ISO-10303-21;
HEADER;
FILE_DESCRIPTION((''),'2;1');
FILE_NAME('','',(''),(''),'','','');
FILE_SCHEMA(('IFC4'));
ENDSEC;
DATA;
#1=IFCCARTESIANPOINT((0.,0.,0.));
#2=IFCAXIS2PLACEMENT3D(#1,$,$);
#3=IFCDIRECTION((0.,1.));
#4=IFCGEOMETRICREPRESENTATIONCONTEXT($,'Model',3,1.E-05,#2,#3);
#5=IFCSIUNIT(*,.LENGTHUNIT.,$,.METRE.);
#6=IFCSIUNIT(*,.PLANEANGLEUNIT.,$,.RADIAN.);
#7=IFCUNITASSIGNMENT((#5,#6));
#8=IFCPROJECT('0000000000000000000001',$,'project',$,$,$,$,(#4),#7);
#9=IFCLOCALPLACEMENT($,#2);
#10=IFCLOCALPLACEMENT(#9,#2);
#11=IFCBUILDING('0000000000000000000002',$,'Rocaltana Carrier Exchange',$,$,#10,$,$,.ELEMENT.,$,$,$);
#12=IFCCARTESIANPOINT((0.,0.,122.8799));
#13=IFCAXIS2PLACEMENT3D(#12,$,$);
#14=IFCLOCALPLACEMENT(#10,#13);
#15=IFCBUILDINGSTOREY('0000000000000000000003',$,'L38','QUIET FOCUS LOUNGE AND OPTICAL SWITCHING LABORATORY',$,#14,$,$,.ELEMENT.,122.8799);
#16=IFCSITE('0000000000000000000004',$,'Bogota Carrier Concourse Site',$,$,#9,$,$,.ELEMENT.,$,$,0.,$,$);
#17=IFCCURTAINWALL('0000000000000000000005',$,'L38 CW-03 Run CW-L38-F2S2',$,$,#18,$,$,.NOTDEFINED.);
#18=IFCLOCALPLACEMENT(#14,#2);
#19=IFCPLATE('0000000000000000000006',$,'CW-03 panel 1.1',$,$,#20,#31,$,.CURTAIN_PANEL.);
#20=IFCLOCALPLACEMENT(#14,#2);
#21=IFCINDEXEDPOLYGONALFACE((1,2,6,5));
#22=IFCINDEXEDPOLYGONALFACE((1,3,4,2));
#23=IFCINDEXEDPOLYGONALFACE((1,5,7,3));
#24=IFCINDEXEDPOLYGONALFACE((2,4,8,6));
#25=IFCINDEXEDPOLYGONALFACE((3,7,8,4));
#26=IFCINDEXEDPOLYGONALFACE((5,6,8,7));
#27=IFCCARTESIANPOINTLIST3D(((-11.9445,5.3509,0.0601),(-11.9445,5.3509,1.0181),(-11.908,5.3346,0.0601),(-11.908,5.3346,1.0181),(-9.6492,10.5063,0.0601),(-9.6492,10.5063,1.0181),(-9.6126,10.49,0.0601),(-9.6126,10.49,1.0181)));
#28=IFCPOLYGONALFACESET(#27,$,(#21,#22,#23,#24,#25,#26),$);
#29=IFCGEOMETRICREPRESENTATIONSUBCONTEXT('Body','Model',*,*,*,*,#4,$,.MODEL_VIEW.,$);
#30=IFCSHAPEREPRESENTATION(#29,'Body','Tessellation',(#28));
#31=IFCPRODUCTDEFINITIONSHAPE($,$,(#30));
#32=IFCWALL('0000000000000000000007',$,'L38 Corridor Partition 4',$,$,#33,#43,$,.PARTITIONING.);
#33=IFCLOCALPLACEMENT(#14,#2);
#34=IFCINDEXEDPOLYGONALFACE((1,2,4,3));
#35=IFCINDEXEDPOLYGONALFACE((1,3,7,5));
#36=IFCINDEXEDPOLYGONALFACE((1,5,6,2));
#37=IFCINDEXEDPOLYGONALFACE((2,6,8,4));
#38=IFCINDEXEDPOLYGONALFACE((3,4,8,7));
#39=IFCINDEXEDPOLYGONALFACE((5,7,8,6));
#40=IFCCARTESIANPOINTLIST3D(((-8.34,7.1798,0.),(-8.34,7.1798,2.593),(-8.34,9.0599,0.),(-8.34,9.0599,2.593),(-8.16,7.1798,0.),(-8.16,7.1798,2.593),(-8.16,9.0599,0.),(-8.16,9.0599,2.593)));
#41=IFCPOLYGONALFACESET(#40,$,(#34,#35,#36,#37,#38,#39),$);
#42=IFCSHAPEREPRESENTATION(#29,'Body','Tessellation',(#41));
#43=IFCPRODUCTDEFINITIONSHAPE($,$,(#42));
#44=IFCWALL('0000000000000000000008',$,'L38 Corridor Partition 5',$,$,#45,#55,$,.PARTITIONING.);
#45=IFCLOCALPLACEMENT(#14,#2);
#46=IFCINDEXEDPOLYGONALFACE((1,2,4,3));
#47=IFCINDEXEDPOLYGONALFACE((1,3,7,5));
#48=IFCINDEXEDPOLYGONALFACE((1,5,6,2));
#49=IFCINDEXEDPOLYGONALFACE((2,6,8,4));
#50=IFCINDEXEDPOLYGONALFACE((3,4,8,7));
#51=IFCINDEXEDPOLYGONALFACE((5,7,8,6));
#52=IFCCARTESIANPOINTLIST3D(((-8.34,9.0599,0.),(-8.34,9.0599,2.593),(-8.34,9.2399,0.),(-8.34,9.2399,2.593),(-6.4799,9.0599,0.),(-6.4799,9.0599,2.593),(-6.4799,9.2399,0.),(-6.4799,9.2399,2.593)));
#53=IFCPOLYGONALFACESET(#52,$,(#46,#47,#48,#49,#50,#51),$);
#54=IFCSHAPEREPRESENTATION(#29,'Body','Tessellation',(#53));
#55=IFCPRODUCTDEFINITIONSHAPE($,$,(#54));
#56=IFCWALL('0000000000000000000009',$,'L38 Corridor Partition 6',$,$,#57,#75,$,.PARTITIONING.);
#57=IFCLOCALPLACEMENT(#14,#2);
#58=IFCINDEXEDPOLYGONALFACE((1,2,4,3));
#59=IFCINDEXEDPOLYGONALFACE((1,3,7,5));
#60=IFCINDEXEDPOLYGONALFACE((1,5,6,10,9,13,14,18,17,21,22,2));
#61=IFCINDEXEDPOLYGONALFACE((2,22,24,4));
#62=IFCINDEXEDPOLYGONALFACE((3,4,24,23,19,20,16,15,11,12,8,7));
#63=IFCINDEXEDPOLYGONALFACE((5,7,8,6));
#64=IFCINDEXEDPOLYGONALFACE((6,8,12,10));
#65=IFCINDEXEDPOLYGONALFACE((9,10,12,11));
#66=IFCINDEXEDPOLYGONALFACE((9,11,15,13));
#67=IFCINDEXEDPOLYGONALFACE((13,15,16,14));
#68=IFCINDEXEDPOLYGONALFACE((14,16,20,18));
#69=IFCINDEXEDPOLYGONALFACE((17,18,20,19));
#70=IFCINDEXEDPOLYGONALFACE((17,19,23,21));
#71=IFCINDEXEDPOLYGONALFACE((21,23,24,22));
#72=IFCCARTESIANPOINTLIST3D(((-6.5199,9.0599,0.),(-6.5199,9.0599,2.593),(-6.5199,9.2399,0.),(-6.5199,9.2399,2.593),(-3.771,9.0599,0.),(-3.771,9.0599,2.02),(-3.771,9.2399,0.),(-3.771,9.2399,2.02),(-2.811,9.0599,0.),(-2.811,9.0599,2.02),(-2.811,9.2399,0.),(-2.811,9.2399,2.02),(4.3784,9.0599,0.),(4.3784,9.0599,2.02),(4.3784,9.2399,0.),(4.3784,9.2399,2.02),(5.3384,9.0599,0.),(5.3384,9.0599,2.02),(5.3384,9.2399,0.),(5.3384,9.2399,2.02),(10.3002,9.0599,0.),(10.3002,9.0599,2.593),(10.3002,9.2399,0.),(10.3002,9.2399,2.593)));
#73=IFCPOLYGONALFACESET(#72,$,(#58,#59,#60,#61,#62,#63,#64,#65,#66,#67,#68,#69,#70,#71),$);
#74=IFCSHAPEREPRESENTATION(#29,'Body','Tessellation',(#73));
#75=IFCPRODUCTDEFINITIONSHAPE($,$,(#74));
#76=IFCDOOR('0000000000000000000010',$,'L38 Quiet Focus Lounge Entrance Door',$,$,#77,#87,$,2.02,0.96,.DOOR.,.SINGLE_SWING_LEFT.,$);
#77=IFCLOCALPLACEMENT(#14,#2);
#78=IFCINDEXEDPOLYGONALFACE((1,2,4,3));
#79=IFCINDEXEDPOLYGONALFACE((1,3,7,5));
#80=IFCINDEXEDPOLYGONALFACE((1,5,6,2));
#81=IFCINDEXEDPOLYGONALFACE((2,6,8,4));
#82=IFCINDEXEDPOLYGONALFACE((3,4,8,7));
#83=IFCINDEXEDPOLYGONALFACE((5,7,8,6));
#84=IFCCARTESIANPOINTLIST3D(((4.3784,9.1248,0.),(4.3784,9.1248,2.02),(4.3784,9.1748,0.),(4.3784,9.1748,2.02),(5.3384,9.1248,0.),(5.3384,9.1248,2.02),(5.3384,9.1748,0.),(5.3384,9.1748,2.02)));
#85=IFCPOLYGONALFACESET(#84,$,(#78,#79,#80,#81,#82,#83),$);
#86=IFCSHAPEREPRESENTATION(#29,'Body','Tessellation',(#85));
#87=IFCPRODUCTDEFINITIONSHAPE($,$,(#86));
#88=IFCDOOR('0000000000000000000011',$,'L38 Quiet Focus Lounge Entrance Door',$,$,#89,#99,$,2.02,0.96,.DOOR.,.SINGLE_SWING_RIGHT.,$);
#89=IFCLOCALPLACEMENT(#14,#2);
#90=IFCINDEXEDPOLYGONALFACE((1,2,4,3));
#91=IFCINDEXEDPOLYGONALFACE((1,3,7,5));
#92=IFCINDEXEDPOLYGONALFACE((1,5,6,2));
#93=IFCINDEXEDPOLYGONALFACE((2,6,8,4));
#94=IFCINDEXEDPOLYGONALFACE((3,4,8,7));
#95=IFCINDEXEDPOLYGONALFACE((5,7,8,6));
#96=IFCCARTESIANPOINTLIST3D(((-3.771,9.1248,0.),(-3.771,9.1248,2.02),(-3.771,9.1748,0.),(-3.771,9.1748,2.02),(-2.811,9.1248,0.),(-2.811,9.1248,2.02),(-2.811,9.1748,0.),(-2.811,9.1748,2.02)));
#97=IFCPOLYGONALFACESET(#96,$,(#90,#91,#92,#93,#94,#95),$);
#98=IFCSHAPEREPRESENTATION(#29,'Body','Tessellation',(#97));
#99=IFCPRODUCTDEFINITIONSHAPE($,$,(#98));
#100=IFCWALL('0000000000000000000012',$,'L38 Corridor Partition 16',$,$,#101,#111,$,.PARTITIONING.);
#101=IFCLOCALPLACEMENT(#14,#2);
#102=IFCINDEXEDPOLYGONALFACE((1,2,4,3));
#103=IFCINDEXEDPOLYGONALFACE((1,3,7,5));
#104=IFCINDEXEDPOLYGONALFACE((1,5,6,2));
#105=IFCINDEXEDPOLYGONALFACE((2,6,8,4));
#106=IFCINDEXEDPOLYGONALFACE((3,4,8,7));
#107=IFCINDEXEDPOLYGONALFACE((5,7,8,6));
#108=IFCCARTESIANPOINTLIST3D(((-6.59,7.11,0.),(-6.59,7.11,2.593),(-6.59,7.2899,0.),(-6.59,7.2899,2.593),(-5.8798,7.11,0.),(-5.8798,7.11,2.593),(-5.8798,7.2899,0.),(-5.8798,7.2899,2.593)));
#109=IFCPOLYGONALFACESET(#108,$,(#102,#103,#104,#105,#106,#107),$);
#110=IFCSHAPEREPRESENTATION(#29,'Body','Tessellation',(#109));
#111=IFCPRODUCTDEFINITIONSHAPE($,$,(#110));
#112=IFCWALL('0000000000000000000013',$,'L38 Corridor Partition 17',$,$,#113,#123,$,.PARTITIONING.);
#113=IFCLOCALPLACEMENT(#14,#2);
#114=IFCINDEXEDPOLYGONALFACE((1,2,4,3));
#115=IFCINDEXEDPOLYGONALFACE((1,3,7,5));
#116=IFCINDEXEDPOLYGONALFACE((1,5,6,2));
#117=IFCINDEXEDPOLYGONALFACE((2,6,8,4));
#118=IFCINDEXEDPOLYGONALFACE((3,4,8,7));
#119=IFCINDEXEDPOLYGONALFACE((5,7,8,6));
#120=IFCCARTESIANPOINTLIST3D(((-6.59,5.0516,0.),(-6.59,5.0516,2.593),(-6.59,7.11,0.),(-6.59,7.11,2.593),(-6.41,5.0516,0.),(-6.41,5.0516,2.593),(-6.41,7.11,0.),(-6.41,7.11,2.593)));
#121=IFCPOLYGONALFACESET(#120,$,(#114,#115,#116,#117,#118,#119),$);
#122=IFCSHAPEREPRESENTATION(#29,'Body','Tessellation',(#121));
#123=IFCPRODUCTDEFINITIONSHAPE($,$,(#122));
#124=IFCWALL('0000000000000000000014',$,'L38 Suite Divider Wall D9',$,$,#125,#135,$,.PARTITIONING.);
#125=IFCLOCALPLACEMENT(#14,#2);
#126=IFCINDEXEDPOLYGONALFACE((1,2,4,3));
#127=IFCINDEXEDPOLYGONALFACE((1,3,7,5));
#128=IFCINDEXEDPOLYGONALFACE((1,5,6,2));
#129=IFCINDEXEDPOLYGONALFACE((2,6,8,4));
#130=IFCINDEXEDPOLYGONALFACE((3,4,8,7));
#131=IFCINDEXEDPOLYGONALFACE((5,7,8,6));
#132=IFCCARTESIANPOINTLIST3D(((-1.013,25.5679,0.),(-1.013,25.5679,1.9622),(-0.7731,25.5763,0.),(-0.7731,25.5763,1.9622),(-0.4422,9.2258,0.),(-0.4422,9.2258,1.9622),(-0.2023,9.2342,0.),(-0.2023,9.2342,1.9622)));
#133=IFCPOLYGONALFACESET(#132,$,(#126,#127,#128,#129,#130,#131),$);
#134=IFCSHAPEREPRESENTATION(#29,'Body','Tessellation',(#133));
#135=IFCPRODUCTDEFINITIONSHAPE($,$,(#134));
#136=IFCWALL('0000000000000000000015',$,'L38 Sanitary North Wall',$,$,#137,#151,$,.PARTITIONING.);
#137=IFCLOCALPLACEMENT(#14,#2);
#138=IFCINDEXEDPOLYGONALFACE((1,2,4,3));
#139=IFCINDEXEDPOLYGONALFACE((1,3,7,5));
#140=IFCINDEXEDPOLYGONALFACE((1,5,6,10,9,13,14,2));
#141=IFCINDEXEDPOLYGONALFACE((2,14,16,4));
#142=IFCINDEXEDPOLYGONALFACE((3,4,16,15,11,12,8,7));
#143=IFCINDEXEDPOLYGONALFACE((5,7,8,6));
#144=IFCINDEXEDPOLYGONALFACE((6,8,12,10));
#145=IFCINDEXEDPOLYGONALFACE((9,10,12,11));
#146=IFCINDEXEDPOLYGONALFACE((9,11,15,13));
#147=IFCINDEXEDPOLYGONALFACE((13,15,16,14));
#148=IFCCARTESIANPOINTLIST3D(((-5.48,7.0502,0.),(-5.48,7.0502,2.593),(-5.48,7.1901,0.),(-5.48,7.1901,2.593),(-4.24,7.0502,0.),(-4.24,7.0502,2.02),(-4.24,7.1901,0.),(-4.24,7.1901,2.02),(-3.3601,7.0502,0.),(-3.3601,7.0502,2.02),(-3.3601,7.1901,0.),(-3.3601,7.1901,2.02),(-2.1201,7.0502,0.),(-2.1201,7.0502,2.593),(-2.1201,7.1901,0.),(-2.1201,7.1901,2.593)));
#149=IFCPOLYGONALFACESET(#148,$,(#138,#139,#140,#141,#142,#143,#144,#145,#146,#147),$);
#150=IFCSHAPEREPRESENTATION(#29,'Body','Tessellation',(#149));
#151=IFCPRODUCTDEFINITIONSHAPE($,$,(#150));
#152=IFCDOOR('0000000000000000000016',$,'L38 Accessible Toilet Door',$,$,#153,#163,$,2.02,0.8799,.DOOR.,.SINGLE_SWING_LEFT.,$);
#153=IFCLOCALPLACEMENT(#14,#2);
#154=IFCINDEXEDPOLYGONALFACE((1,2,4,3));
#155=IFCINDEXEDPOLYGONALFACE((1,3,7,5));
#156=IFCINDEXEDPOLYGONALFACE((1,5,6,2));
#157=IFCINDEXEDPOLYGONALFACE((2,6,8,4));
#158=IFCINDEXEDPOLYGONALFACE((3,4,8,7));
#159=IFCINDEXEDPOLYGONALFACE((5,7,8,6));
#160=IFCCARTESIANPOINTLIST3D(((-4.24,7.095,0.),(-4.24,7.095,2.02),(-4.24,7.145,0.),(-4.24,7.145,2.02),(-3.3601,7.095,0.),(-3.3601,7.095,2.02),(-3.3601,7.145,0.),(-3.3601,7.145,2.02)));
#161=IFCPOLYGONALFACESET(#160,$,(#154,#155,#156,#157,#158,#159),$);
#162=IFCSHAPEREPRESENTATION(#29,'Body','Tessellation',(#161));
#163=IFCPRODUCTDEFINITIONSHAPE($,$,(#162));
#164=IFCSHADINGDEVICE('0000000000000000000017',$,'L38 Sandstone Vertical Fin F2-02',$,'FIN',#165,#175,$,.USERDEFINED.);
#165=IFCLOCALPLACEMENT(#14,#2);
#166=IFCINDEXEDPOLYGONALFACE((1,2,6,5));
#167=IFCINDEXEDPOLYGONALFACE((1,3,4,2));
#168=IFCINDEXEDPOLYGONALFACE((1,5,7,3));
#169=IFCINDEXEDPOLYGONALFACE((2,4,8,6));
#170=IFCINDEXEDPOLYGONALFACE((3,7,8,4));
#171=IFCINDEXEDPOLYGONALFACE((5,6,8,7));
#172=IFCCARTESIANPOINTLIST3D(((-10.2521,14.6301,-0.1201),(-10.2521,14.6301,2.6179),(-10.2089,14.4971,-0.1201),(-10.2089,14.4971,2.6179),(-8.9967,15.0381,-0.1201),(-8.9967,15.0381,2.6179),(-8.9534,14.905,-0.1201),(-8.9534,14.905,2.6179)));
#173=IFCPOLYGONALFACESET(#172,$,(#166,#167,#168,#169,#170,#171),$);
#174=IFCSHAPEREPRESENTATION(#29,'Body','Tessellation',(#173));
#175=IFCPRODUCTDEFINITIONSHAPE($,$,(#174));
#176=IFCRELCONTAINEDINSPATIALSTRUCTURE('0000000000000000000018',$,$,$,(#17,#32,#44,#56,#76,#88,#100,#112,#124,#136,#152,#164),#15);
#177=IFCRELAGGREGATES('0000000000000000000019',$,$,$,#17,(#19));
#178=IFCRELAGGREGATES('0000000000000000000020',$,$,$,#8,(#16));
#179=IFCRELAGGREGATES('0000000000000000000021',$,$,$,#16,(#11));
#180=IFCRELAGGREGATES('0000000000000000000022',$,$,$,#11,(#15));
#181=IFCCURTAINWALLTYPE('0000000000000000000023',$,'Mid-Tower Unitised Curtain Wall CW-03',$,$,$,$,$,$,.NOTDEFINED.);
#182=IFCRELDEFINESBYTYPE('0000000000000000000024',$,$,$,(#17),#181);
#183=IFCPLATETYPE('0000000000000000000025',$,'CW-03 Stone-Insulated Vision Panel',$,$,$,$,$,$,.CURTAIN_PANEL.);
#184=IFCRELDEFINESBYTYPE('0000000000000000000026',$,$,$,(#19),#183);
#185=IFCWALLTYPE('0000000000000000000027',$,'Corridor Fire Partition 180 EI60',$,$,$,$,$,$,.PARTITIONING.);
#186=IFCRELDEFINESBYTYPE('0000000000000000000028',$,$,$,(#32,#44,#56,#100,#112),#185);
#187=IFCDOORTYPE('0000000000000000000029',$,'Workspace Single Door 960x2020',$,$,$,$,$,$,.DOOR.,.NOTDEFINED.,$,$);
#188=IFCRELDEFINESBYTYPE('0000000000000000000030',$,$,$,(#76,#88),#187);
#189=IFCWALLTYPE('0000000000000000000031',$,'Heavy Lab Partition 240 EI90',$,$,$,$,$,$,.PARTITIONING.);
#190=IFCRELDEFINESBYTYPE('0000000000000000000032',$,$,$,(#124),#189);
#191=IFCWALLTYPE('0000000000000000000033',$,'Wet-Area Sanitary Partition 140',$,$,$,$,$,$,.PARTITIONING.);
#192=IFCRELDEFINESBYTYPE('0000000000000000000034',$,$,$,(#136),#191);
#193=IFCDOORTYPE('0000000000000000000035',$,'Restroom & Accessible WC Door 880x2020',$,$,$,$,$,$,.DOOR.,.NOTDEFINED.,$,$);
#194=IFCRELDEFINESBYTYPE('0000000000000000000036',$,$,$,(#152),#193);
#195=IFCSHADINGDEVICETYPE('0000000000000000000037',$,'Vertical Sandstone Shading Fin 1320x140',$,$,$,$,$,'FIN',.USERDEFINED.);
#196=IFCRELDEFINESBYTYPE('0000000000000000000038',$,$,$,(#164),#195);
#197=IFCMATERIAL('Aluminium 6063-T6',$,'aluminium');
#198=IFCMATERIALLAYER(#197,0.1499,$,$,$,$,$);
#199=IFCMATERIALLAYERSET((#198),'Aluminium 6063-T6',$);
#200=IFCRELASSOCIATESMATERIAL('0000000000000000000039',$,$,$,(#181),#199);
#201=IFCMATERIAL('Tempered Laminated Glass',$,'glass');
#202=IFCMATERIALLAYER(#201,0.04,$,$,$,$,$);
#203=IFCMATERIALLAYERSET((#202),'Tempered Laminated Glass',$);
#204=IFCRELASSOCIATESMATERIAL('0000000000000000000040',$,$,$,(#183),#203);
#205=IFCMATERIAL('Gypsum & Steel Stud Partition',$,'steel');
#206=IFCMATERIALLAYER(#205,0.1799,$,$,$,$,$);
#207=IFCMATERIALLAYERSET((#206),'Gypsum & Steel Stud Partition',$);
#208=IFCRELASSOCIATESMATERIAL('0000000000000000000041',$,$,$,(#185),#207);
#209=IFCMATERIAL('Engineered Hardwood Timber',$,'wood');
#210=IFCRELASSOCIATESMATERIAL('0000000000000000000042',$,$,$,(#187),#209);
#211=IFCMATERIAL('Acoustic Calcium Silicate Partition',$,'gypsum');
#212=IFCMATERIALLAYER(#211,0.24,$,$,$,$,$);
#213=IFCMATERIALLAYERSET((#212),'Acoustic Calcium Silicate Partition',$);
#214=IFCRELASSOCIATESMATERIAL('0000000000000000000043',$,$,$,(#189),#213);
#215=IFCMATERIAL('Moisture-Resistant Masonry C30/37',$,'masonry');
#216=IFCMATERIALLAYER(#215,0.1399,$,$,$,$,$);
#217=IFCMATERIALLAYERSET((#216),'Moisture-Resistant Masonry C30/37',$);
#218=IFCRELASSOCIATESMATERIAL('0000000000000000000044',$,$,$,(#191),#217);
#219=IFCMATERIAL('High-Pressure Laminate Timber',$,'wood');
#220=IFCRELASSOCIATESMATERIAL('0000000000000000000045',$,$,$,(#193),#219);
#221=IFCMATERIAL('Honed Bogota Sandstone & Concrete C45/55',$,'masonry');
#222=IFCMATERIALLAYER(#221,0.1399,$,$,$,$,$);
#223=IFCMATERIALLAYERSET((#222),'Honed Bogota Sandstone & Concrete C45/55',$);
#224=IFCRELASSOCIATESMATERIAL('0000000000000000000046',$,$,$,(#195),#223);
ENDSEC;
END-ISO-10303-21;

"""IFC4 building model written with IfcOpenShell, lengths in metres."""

from ifc_helpers import new_model, si_unit, direction, frame, frame_2d, origin, origin_2d, place, context, subcontext, project, spatial, rectangle, extrude, material, layer, layer_set, type_object, element, fill, aggregate, save


model = new_model("IFC4")

# Units and contexts
model_context = context("Model", 3, precision=1e-05, world=origin(), true_north=direction((0.0, 1.0)))
body_context = subcontext(model_context, "Body", "Model", "MODEL_VIEW")
ifc_project = project(units=[si_unit("LENGTHUNIT", "METRE"), si_unit("PLANEANGLEUNIT", "RADIAN")], contexts=[model_context])

# Site, building, storey
site_placement = place(None, origin())
site = spatial("IfcSite", under=ifc_project, at=site_placement, Name="Bogota Carrier Concourse Site", CompositionType="ELEMENT", RefElevation=0.0)
building_placement = place(site_placement, origin())
building = spatial("IfcBuilding", under=site, at=building_placement, Name="Rocaltana Carrier Exchange", CompositionType="ELEMENT")
storey_placement = place(building_placement, frame((0.0, 0.0, 122.8799)))
storey = spatial("IfcBuildingStorey", under=building, at=storey_placement, Name="L38", Description="QUIET FOCUS LOUNGE AND OPTICAL SWITCHING LABORATORY", CompositionType="ELEMENT", Elevation=122.8799)

# Shared definitions
ifc_material_1 = material(Name="Aluminium 6063-T6", Category="aluminium")
ifc_layer_1 = layer(ifc_material_1, 0.1499)
ifc_layer_set_1 = layer_set([ifc_layer_1], Name="Aluminium 6063-T6")
curtain_wall_type = type_object("IfcCurtainWallType", Name="Mid-Tower Unitised Curtain Wall CW-03", PredefinedType="NOTDEFINED", material=ifc_layer_set_1)

# Curtain wall
curtain_wall_1_placement = place(storey_placement, origin())
curtain_wall_1 = element("IfcCurtainWall", 1, at=curtain_wall_1_placement, inside=storey, type_object=curtain_wall_type, Name="L38 CW-03 Run CW-L38-F2S2", PredefinedType="NOTDEFINED")

# Plate
ifc_material_2 = material(Name="Tempered Laminated Glass", Category="glass")
ifc_layer_2 = layer(ifc_material_2, 0.04)
ifc_layer_set_2 = layer_set([ifc_layer_2], Name="Tempered Laminated Glass")
plate_type = type_object("IfcPlateType", Name="CW-03 Stone-Insulated Vision Panel", PredefinedType="CURTAIN_PANEL", material=ifc_layer_set_2)
plate_placement = place(storey_placement, frame((-10.7786, 7.9204, 0.0601), z_axis=(0.0, 0.0, 1.0), x_axis=(-0.406744, -0.913542, 0.0)))
plate = element("IfcPlate", 2, at=plate_placement, type_object=plate_type, Name="CW-03 panel 1.1", PredefinedType="CURTAIN_PANEL", context=body_context, shape_type="SweptSolid", body=[
    extrude(rectangle(XDim=5.6433, YDim=0.04, at=origin_2d()), origin(), (0.0, 0.0, 1.0), 0.958),
])
aggregate(curtain_wall_1, [plate])

# Walls
ifc_material_3 = material(Name="Gypsum & Steel Stud Partition", Category="steel")
ifc_layer_3 = layer(ifc_material_3, 0.1799)
ifc_layer_set_3 = layer_set([ifc_layer_3], Name="Gypsum & Steel Stud Partition")
wall_type_1 = type_object("IfcWallType", Name="Corridor Fire Partition 180 EI60", PredefinedType="PARTITIONING", material=ifc_layer_set_3)
wall_1_placement = place(storey_placement, frame((-8.25, 7.1799, 0.0), z_axis=(0.0, 0.0, 1.0), x_axis=(0.0, 1.0, 0.0)))
element("IfcWall", 3, at=wall_1_placement, inside=storey, type_object=wall_type_1, Name="L38 Corridor Partition 4", PredefinedType="PARTITIONING", context=body_context, shape_type="SweptSolid", body=[
    extrude(rectangle(XDim=1.8801, YDim=0.1799, at=frame_2d((0.9399, 0.0))), origin(), (0.0, 0.0, 1.0), 2.593),
])
wall_2_placement = place(storey_placement, frame((-8.3401, 9.1499, 0.0), z_axis=(0.0, 0.0, 1.0), x_axis=(1.0, 0.0, 0.0)))
element("IfcWall", 4, at=wall_2_placement, inside=storey, type_object=wall_type_1, Name="L38 Corridor Partition 5", PredefinedType="PARTITIONING", context=body_context, shape_type="SweptSolid", body=[
    extrude(rectangle(XDim=1.8601, YDim=0.1799, at=frame_2d((0.9302, 0.0))), origin(), (0.0, 0.0, 1.0), 2.593),
])

# Wall, openings, doors
wall_3_placement = place(storey_placement, frame((-6.52, 9.1499, 0.0), z_axis=(0.0, 0.0, 1.0), x_axis=(1.0, 0.0, 0.0)))
wall_3 = element("IfcWall", 5, at=wall_3_placement, inside=storey, type_object=wall_type_1, Name="L38 Corridor Partition 6", PredefinedType="PARTITIONING", context=body_context, shape_type="SweptSolid", body=[
    extrude(rectangle(XDim=16.8201, YDim=0.1799, at=frame_2d((8.4102, 0.0))), origin(), (0.0, 0.0, 1.0), 2.593),
])
opening_1_placement = place(wall_3_placement, frame((10.8984, 0.0, 0.0)))
opening_1 = element("IfcOpeningElement", 6, at=opening_1_placement, cuts=wall_3, PredefinedType="OPENING", context=body_context, shape_type="SweptSolid", body=[
    extrude(rectangle(XDim=0.96, YDim=2.02, at=frame_2d((0.48, 1.01))), frame((0.0, 0.0999, 0.0), z_axis=(0.0, -1.0, 0.0), x_axis=(1.0, 0.0, 0.0)), (0.0, 0.0, 1.0), 0.2),
])
opening_2_placement = place(wall_3_placement, frame((2.749, 0.0, 0.0)))
opening_2 = element("IfcOpeningElement", 7, at=opening_2_placement, cuts=wall_3, PredefinedType="OPENING", context=body_context, shape_type="SweptSolid", body=[
    extrude(rectangle(XDim=0.96, YDim=2.02, at=frame_2d((0.48, 1.01))), frame((0.0, 0.0999, 0.0), z_axis=(0.0, -1.0, 0.0), x_axis=(1.0, 0.0, 0.0)), (0.0, 0.0, 1.0), 0.2),
])
ifc_material_4 = material(Name="Engineered Hardwood Timber", Category="wood")
door_type_1 = type_object("IfcDoorType", Name="Workspace Single Door 960x2020", OperationType="NOTDEFINED", PredefinedType="DOOR", material=ifc_material_4)
door_1_placement = place(opening_1_placement, origin())
door_1 = element("IfcDoor", 8, at=door_1_placement, inside=storey, type_object=door_type_1, Name="L38 Quiet Focus Lounge Entrance Door", OperationType="SINGLE_SWING_LEFT", OverallHeight=2.02, OverallWidth=0.96, PredefinedType="DOOR", context=body_context, shape_type="SweptSolid", body=[
    extrude(rectangle(XDim=0.96, YDim=2.02, at=frame_2d((0.48, 1.01))), frame((0.0, 0.0249, 0.0), z_axis=(0.0, -1.0, 0.0), x_axis=(1.0, 0.0, 0.0)), (0.0, 0.0, 1.0), 0.05),
])
fill(opening_1, door_1)
door_2_placement = place(opening_2_placement, origin())
door_2 = element("IfcDoor", 9, at=door_2_placement, inside=storey, type_object=door_type_1, Name="L38 Quiet Focus Lounge Entrance Door", OperationType="SINGLE_SWING_RIGHT", OverallHeight=2.02, OverallWidth=0.96, PredefinedType="DOOR", context=body_context, shape_type="SweptSolid", body=[
    extrude(rectangle(XDim=0.96, YDim=2.02, at=frame_2d((0.48, 1.01))), frame((0.0, 0.0249, 0.0), z_axis=(0.0, -1.0, 0.0), x_axis=(1.0, 0.0, 0.0)), (0.0, 0.0, 1.0), 0.05),
])
fill(opening_2, door_2)

# Walls
wall_4_placement = place(storey_placement, frame((-5.8799, 7.2, 0.0), z_axis=(0.0, 0.0, 1.0), x_axis=(-1.0, 0.0, 0.0)))
element("IfcWall", 10, at=wall_4_placement, inside=storey, type_object=wall_type_1, Name="L38 Corridor Partition 16", PredefinedType="PARTITIONING", context=body_context, shape_type="SweptSolid", body=[
    extrude(rectangle(XDim=0.7102, YDim=0.1799, at=frame_2d((0.355, 0.0))), origin(), (0.0, 0.0, 1.0), 2.593),
])
wall_5_placement = place(storey_placement, frame((-6.5, 7.1101, 0.0), z_axis=(0.0, 0.0, 1.0), x_axis=(0.0, -1.0, 0.0)))
element("IfcWall", 11, at=wall_5_placement, inside=storey, type_object=wall_type_1, Name="L38 Corridor Partition 17", PredefinedType="PARTITIONING", context=body_context, shape_type="SweptSolid", body=[
    extrude(rectangle(XDim=2.0583, YDim=0.1799, at=frame_2d((1.0293, 0.0))), origin(), (0.0, 0.0, 1.0), 2.593),
])
ifc_material_5 = material(Name="Acoustic Calcium Silicate Partition", Category="gypsum")
ifc_layer_4 = layer(ifc_material_5, 0.24)
ifc_layer_set_4 = layer_set([ifc_layer_4], Name="Acoustic Calcium Silicate Partition")
wall_type_2 = type_object("IfcWallType", Name="Heavy Lab Partition 240 EI90", PredefinedType="PARTITIONING", material=ifc_layer_set_4)
wall_6_placement = place(storey_placement, frame((-0.3223, 9.23, 0.0), z_axis=(0.0, 0.0, 1.0), x_axis=(-0.034907, 0.999391, 0.0)))
element("IfcWall", 12, at=wall_6_placement, inside=storey, type_object=wall_type_2, Name="L38 Suite Divider Wall D9", PredefinedType="PARTITIONING", context=body_context, shape_type="SweptSolid", body=[
    extrude(rectangle(XDim=16.3521, YDim=0.24, at=frame_2d((8.176, 0.0))), origin(), (0.0, 0.0, 1.0), 1.9622),
])

# Wall, opening, door
ifc_material_6 = material(Name="Moisture-Resistant Masonry C30/37", Category="masonry")
ifc_layer_5 = layer(ifc_material_6, 0.1399)
ifc_layer_set_5 = layer_set([ifc_layer_5], Name="Moisture-Resistant Masonry C30/37")
wall_type_3 = type_object("IfcWallType", Name="Wet-Area Sanitary Partition 140", PredefinedType="PARTITIONING", material=ifc_layer_set_5)
wall_7_placement = place(storey_placement, frame((-5.48, 7.1201, 0.0), z_axis=(0.0, 0.0, 1.0), x_axis=(1.0, 0.0, 0.0)))
wall_7 = element("IfcWall", 13, at=wall_7_placement, inside=storey, type_object=wall_type_3, Name="L38 Sanitary North Wall", PredefinedType="PARTITIONING", context=body_context, shape_type="SweptSolid", body=[
    extrude(rectangle(XDim=3.3599, YDim=0.1399, at=frame_2d((1.6799, 0.0))), origin(), (0.0, 0.0, 1.0), 2.593),
])
opening_3_placement = place(wall_7_placement, frame((1.24, 0.0, 0.0)))
opening_3 = element("IfcOpeningElement", 14, at=opening_3_placement, cuts=wall_7, PredefinedType="OPENING", context=body_context, shape_type="SweptSolid", body=[
    extrude(rectangle(XDim=0.8799, YDim=2.02, at=frame_2d((0.4399, 1.01))), frame((0.0, 0.0798, 0.0), z_axis=(0.0, -1.0, 0.0), x_axis=(1.0, 0.0, 0.0)), (0.0, 0.0, 1.0), 0.1599),
])
ifc_material_7 = material(Name="High-Pressure Laminate Timber", Category="wood")
door_type_2 = type_object("IfcDoorType", Name="Restroom & Accessible WC Door 880x2020", OperationType="NOTDEFINED", PredefinedType="DOOR", material=ifc_material_7)
door_3_placement = place(opening_3_placement, origin())
door_3 = element("IfcDoor", 15, at=door_3_placement, inside=storey, type_object=door_type_2, Name="L38 Accessible Toilet Door", OperationType="SINGLE_SWING_LEFT", OverallHeight=2.02, OverallWidth=0.8799, PredefinedType="DOOR", context=body_context, shape_type="SweptSolid", body=[
    extrude(rectangle(XDim=0.8799, YDim=2.02, at=frame_2d((0.4399, 1.01))), frame((0.0, 0.0249, 0.0), z_axis=(0.0, -1.0, 0.0), x_axis=(1.0, 0.0, 0.0)), (0.0, 0.0, 1.0), 0.05),
])
fill(opening_3, door_3)

# Shading device
ifc_material_8 = material(Name="Honed Bogota Sandstone & Concrete C45/55", Category="masonry")
ifc_layer_6 = layer(ifc_material_8, 0.1399)
ifc_layer_set_6 = layer_set([ifc_layer_6], Name="Honed Bogota Sandstone & Concrete C45/55")
shading_device_type = type_object("IfcShadingDeviceType", Name="Vertical Sandstone Shading Fin 1320x140", ElementType="FIN", PredefinedType="USERDEFINED", material=ifc_layer_set_6)
shading_device_placement = place(storey_placement, frame((-9.6028, 14.7676, -0.1201), z_axis=(0.0, 0.0, 1.0), x_axis=(-0.951057, -0.309017, 0.0)))
element("IfcShadingDevice", 16, at=shading_device_placement, inside=storey, type_object=shading_device_type, Name="L38 Sandstone Vertical Fin F2-02", ObjectType="FIN", PredefinedType="USERDEFINED", context=body_context, shape_type="SweptSolid", body=[
    extrude(rectangle(XDim=1.3201, YDim=0.1399, at=origin_2d()), origin(), (0.0, 0.0, 1.0), 2.738),
])

save(model, "model.ifc")
